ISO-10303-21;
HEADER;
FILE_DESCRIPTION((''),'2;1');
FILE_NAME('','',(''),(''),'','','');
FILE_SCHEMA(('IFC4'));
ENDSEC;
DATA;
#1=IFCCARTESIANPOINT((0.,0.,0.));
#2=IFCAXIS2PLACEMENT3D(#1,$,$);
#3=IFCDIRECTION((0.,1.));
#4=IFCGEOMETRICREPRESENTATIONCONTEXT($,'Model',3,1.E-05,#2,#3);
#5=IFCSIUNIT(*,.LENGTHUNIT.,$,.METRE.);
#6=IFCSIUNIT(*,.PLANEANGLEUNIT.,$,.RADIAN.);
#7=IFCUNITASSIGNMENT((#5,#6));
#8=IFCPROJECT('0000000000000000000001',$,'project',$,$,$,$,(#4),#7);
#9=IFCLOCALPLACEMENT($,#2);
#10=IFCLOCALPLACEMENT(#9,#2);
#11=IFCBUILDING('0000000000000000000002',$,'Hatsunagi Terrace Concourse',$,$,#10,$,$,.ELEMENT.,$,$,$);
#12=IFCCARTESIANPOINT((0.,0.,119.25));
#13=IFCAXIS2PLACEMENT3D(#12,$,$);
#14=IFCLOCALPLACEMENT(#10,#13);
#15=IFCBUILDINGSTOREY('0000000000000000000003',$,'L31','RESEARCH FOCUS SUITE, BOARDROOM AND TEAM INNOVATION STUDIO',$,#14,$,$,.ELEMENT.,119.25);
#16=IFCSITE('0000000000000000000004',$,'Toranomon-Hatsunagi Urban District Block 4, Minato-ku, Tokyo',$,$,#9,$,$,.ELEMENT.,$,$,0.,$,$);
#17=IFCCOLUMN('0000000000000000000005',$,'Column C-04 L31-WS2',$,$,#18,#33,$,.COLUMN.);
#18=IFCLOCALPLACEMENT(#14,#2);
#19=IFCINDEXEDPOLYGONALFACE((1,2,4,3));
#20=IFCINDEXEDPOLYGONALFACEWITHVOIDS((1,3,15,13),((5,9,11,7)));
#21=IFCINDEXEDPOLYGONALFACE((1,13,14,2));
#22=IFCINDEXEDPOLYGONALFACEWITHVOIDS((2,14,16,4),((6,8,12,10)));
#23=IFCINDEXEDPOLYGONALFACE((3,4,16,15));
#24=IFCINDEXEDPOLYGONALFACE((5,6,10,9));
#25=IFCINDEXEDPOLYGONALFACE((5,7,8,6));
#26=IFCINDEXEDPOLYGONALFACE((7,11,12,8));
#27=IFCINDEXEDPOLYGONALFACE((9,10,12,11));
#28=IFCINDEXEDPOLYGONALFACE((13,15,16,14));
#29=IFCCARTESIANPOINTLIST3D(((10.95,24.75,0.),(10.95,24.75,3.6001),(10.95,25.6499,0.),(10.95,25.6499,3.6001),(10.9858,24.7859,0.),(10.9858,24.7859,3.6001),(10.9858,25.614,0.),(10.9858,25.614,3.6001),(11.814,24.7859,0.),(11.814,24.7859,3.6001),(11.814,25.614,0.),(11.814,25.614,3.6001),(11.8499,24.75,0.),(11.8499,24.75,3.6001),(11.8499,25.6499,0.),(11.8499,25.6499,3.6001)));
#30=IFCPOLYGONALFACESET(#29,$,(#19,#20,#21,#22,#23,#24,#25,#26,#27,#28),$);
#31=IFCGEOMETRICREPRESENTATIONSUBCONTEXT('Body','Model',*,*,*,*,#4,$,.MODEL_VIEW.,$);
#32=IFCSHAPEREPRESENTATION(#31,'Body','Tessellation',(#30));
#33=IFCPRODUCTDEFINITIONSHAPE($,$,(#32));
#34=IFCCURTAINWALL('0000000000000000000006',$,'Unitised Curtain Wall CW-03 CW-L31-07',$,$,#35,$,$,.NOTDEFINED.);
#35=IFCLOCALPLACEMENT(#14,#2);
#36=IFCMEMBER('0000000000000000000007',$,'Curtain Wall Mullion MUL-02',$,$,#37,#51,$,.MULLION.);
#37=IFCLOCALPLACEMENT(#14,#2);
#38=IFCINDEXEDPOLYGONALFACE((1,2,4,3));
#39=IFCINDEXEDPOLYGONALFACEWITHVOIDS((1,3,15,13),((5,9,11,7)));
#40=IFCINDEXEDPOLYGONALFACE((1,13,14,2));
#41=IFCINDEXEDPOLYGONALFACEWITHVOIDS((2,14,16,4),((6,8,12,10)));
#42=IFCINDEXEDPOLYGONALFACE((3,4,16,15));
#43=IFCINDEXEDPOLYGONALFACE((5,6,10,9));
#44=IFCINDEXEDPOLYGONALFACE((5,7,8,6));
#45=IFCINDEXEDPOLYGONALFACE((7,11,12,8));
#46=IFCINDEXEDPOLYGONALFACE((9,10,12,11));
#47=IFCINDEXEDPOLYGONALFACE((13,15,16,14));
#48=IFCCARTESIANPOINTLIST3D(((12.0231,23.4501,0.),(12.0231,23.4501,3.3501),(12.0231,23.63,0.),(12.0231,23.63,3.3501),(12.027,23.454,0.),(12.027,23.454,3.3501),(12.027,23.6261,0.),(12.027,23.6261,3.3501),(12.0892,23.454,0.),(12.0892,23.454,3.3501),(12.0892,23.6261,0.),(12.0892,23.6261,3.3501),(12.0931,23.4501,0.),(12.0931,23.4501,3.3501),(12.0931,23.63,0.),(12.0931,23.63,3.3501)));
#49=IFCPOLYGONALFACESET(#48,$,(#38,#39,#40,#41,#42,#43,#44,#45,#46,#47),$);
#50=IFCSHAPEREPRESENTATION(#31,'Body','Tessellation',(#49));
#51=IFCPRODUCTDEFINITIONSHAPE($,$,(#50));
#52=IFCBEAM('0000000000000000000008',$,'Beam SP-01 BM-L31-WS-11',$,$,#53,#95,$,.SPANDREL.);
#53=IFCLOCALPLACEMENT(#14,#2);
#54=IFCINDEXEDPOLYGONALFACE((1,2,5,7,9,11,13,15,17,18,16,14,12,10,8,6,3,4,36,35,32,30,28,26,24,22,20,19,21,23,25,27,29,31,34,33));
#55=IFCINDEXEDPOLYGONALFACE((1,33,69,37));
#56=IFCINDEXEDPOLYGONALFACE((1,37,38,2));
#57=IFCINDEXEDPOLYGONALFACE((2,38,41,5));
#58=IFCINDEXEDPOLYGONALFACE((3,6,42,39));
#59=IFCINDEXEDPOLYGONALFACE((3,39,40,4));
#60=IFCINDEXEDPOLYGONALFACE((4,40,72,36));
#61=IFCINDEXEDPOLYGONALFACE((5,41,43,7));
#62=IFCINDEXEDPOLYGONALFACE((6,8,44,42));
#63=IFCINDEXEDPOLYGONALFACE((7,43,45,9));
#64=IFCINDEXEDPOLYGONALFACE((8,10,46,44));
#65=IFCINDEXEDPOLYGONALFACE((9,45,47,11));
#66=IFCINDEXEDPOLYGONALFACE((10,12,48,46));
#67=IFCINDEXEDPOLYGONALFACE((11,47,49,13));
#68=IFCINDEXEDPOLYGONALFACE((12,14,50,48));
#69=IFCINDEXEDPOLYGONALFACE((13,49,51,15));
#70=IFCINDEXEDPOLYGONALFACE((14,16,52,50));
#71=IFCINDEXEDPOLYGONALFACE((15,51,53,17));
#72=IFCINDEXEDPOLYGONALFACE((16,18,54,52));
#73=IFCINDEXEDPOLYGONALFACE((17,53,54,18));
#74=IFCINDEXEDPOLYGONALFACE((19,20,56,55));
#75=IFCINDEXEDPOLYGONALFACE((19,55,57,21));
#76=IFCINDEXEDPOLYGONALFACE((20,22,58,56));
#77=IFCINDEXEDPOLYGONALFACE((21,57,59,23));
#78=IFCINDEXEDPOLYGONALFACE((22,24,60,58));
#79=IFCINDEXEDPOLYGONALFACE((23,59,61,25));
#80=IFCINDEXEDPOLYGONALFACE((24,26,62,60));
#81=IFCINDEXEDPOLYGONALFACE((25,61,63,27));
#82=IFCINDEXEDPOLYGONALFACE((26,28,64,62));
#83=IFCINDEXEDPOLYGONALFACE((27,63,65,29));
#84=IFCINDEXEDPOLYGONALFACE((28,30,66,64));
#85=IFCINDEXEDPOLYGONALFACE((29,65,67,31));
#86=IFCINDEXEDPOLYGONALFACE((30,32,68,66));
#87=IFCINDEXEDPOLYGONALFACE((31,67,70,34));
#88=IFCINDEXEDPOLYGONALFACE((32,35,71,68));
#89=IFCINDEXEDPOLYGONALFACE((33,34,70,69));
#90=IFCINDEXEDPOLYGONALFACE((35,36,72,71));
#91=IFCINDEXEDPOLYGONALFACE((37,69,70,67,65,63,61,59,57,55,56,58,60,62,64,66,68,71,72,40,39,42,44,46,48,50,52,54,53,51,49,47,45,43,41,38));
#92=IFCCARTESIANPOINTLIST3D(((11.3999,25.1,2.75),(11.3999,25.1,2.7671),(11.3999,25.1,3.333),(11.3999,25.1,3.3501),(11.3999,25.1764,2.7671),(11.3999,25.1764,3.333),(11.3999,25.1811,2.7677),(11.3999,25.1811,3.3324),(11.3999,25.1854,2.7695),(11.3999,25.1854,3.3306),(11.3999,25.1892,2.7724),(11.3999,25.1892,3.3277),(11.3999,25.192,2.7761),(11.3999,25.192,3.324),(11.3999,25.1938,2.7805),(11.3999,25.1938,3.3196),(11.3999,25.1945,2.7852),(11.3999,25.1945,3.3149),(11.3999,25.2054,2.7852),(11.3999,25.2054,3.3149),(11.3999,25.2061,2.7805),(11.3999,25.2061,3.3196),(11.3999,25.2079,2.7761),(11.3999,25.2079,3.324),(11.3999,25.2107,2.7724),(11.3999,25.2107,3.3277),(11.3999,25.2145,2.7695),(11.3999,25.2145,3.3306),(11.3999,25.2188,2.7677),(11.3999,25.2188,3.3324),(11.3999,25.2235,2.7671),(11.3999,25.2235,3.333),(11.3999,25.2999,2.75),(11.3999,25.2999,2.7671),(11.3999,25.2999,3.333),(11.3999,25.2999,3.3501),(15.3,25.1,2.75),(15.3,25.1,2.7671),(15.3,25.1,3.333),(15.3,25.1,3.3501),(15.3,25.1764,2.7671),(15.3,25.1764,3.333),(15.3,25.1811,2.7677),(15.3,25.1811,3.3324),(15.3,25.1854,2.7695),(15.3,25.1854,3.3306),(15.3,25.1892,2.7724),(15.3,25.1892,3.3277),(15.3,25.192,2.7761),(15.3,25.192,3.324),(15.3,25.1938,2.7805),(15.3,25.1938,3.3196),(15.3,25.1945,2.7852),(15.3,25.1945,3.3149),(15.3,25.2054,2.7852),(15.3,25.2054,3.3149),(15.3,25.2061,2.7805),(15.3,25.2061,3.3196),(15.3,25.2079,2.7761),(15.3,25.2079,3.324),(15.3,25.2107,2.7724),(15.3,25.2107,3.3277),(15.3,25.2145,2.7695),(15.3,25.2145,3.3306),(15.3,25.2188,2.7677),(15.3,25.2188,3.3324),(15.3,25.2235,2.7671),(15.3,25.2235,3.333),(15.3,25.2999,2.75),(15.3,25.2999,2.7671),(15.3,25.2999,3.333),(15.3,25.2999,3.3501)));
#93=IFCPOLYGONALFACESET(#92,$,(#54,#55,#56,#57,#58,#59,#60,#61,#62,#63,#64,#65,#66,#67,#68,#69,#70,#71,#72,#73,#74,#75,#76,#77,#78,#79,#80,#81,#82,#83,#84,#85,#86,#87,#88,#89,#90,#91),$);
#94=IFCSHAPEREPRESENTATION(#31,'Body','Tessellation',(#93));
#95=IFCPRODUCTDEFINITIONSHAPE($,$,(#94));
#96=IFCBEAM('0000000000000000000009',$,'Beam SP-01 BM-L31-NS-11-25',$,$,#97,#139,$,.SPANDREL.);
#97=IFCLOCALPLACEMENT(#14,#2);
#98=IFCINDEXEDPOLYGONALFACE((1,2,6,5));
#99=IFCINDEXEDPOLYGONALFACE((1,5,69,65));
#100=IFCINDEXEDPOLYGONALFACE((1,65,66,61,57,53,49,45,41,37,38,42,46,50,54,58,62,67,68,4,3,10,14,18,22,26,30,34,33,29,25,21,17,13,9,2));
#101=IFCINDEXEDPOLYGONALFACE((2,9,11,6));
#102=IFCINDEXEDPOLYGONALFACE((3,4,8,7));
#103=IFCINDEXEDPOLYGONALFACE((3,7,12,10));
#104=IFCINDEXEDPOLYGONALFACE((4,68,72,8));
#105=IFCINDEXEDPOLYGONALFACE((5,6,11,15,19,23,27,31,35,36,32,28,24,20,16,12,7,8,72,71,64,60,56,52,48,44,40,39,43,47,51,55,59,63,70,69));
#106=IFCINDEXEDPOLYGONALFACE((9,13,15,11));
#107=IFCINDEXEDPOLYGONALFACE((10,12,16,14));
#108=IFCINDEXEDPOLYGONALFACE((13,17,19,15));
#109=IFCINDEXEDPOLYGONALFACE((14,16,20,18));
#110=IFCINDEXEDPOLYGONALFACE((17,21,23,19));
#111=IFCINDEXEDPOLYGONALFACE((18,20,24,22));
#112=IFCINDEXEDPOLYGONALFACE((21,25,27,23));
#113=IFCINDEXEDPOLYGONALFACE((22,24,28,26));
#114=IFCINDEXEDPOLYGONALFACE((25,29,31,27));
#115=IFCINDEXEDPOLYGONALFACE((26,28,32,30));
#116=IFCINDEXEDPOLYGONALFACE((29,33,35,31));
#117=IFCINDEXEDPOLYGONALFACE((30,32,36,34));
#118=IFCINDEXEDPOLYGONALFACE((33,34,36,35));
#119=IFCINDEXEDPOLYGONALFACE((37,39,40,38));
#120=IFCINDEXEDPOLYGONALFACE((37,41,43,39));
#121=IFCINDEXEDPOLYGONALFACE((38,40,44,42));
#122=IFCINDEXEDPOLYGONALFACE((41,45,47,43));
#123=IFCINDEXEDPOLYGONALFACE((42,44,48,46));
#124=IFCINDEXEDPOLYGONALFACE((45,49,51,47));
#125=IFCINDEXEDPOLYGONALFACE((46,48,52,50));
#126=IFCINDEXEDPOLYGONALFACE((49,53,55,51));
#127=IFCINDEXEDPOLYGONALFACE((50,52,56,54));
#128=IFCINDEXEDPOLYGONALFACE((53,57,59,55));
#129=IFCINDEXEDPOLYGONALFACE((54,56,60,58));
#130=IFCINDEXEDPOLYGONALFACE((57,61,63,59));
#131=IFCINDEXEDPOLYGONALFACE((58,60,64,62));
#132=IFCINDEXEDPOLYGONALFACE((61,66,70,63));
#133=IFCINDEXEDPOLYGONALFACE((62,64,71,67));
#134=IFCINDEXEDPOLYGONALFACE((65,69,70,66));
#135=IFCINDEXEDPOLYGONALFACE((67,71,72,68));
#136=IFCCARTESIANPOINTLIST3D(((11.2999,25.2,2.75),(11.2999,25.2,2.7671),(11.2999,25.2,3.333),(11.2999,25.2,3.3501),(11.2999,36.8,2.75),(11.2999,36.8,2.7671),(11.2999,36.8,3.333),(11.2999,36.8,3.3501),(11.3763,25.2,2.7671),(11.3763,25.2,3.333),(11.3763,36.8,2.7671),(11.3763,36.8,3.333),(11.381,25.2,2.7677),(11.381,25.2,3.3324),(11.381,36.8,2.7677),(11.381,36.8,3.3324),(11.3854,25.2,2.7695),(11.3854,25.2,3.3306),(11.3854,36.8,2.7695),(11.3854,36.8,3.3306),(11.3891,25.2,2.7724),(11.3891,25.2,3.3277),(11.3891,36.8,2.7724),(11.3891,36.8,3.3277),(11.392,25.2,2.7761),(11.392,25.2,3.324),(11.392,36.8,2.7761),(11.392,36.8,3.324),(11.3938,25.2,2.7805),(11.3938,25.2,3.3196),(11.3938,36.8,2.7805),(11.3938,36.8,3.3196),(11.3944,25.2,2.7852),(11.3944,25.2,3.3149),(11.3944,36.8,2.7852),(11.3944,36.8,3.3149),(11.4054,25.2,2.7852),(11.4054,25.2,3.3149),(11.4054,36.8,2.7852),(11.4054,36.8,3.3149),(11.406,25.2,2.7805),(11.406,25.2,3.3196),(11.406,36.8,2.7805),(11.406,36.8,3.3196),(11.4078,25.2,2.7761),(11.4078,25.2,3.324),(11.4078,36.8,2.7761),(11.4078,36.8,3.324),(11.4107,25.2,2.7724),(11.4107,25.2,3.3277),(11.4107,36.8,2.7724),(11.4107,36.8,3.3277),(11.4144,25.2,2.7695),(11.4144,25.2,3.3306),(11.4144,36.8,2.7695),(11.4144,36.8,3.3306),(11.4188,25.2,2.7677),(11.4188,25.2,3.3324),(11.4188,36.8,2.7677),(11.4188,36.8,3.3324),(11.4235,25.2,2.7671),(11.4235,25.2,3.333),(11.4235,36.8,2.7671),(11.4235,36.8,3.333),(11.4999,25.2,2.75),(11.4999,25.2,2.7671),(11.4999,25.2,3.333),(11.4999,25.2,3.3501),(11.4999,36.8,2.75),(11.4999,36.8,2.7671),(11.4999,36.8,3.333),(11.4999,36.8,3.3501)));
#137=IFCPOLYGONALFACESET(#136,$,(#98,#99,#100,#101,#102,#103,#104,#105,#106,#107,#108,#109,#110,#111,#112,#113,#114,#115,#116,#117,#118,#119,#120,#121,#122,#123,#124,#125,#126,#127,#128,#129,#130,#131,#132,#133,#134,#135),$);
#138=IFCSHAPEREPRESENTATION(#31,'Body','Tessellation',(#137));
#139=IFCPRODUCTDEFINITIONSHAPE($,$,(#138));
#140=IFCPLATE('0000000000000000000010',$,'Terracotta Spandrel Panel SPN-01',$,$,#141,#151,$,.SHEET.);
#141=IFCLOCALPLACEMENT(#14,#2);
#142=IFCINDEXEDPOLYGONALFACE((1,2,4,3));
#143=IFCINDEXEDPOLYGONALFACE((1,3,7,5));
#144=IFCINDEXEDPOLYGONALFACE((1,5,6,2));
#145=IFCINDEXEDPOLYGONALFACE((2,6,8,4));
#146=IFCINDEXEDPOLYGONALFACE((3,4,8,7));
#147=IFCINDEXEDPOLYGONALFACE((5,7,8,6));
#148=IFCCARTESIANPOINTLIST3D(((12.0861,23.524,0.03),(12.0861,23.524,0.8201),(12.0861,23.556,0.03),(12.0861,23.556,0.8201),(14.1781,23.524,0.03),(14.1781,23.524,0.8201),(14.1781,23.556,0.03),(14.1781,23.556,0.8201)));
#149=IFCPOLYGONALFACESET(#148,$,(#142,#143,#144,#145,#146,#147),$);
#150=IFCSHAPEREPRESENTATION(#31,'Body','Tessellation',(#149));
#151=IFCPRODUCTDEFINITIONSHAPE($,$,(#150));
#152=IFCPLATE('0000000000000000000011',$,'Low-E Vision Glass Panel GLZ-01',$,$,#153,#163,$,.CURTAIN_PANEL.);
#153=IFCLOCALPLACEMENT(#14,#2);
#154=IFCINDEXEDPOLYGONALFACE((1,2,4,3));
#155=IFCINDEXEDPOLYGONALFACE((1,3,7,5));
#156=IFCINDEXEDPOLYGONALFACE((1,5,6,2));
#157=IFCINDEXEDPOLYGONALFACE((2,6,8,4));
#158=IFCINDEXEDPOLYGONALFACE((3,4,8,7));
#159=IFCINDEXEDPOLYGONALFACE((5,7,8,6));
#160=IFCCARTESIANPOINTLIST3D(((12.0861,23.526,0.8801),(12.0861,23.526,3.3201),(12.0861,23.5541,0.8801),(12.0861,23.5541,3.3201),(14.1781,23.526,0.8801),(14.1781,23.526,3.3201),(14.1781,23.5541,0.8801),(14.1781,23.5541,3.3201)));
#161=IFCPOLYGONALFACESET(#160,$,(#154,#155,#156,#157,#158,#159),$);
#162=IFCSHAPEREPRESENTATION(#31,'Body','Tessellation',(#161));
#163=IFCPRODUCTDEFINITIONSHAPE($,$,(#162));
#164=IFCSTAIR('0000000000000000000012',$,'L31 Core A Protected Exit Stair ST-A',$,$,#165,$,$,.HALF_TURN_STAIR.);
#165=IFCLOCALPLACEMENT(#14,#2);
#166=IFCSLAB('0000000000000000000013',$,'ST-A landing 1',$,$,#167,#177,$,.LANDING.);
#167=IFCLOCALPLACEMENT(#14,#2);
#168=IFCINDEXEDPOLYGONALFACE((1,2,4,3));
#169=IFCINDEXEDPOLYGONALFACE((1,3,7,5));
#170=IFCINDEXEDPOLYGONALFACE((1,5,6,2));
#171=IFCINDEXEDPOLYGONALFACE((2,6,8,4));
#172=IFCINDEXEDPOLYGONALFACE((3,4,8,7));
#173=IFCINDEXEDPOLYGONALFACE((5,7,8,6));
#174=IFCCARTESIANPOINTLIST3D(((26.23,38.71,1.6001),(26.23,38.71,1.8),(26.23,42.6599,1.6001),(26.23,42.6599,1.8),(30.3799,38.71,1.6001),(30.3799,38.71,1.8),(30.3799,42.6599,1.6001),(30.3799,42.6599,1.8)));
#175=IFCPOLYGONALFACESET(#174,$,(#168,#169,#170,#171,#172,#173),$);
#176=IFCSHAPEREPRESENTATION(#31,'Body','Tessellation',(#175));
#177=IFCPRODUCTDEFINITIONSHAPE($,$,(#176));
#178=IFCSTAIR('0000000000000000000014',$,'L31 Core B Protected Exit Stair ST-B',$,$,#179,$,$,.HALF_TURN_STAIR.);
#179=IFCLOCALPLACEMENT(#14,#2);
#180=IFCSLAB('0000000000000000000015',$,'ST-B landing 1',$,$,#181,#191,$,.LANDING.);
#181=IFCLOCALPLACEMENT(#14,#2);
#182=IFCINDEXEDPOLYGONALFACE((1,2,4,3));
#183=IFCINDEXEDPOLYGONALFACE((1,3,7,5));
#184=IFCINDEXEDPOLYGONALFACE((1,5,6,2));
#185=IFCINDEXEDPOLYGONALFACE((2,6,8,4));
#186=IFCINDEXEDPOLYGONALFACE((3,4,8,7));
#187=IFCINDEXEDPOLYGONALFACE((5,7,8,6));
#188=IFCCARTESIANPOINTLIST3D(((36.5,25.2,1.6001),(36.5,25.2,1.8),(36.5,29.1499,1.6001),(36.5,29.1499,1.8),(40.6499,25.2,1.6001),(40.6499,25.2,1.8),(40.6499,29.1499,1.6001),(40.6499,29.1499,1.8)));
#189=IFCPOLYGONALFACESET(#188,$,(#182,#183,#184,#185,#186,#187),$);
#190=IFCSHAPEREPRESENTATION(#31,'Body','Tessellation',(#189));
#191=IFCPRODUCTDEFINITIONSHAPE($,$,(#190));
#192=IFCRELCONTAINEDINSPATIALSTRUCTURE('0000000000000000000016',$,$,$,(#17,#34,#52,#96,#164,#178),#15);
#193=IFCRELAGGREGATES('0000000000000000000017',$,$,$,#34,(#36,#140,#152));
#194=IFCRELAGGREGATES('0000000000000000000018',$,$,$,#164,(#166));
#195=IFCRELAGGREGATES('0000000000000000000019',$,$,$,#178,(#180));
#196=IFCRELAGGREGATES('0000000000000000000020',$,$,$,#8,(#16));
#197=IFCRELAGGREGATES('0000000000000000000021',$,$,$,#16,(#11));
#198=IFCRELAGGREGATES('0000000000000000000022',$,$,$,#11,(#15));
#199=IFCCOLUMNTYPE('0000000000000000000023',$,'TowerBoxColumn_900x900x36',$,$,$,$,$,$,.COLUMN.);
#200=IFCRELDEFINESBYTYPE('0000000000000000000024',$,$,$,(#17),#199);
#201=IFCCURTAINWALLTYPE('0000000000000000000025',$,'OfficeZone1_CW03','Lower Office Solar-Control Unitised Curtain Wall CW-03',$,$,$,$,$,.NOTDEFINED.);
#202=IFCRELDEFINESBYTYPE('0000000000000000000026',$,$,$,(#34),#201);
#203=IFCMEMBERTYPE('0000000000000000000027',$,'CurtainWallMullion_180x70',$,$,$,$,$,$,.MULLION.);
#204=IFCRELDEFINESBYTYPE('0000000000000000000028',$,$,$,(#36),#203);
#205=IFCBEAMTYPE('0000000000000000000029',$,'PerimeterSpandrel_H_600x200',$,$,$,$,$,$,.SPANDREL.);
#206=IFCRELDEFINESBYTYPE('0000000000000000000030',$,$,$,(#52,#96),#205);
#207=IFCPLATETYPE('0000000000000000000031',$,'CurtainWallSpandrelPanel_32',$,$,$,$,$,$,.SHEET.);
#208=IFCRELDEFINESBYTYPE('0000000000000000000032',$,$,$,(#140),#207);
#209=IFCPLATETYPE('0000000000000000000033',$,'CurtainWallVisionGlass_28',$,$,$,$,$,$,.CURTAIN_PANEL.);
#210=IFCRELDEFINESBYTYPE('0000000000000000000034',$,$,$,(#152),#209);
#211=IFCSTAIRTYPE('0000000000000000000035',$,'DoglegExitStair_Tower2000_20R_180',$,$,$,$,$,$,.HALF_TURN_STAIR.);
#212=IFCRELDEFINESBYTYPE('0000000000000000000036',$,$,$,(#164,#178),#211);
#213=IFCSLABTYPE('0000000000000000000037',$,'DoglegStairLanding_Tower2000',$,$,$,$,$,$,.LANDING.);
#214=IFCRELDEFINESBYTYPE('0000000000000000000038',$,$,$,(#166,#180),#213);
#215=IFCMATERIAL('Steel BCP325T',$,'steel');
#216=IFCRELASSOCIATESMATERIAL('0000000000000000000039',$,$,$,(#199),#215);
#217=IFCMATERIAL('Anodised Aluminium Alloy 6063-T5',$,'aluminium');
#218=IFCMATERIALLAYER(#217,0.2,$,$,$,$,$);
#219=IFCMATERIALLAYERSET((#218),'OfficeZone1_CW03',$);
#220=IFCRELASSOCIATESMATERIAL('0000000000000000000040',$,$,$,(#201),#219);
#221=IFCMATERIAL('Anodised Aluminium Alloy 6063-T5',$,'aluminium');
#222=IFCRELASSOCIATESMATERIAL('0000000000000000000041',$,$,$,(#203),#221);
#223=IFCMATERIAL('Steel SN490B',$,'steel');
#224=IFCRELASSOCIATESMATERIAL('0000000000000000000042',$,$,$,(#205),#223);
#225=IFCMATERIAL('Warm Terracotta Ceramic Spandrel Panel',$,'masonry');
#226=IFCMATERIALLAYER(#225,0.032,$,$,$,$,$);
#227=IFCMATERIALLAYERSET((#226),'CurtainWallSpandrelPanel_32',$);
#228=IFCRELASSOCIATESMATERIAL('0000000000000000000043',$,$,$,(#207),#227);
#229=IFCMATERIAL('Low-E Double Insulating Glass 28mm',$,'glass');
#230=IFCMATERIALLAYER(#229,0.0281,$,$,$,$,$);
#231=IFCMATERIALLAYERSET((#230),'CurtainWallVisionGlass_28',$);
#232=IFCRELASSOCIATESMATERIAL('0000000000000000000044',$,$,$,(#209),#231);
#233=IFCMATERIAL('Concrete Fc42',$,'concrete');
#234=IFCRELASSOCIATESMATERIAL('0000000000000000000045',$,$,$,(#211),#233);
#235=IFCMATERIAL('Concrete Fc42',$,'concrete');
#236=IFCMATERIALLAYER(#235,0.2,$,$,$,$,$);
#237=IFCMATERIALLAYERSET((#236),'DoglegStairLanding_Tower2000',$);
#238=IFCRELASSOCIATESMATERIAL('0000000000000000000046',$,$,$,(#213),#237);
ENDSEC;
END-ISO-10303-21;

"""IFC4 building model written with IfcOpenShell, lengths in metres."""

from ifc_helpers import new_model, si_unit, direction, frame, origin, origin_2d, place, context, subcontext, project, spatial, polyline, rectangle, hollow_rectangle, i_section, outline, extrude, material, layer, layer_set, material_profile, profile_set, type_object, element, aggregate, save


model = new_model("IFC4")

# Units and contexts
model_context = context("Model", 3, precision=1e-05, world=origin(), true_north=direction((0.0, 1.0)))
body_context = subcontext(model_context, "Body", "Model", "MODEL_VIEW")
ifc_project = project(units=[si_unit("LENGTHUNIT", "METRE"), si_unit("PLANEANGLEUNIT", "RADIAN")], contexts=[model_context])

# Site, building, storey
site_placement = place(None, origin())
site = spatial("IfcSite", under=ifc_project, at=site_placement, Name="Toranomon-Hatsunagi Urban District Block 4, Minato-ku, Tokyo", CompositionType="ELEMENT", RefElevation=0.0)
building_placement = place(site_placement, origin())
building = spatial("IfcBuilding", under=site, at=building_placement, Name="Hatsunagi Terrace Concourse", CompositionType="ELEMENT")
storey_placement = place(building_placement, frame((0.0, 0.0, 119.25)))
storey = spatial("IfcBuildingStorey", under=building, at=storey_placement, Name="L31", Description="RESEARCH FOCUS SUITE, BOARDROOM AND TEAM INNOVATION STUDIO", CompositionType="ELEMENT", Elevation=119.25)

# Column
ifc_material_1 = material(Name="Steel BCP325T", Category="steel")
ifc_material_profile_1 = material_profile(ifc_material_1, hollow_rectangle(XDim=0.8999, YDim=0.8999, WallThickness=0.0359, at=origin_2d()), Name="BCP-900x900x36")
ifc_profile_set_1 = profile_set([ifc_material_profile_1], Name="Steel BCP325T")
column_type = type_object("IfcColumnType", Name="TowerBoxColumn_900x900x36", PredefinedType="COLUMN", material=ifc_profile_set_1)
column_placement = place(storey_placement, frame((11.3999, 25.2, 0.0), z_axis=(0.0, 0.0, 1.0), x_axis=(1.0, 0.0, 0.0)))
element("IfcColumn", 1, at=column_placement, inside=storey, type_object=column_type, Name="Column C-04 L31-WS2", PredefinedType="COLUMN", context=body_context, shape_type="SweptSolid", body=[
    extrude(hollow_rectangle(XDim=0.8999, YDim=0.8999, WallThickness=0.0359, at=origin_2d()), origin(), (0.0, 0.0, 1.0), 3.6001),
])

# Curtain wall, member
ifc_material_2 = material(Name="Anodised Aluminium Alloy 6063-T5", Category="aluminium")
ifc_layer_1 = layer(ifc_material_2, 0.2)
ifc_layer_set_1 = layer_set([ifc_layer_1], Name="OfficeZone1_CW03")
curtain_wall_type = type_object("IfcCurtainWallType", Name="OfficeZone1_CW03", Description="Lower Office Solar-Control Unitised Curtain Wall CW-03", PredefinedType="NOTDEFINED", material=ifc_layer_set_1)
curtain_wall_placement = place(storey_placement, origin())
curtain_wall = element("IfcCurtainWall", 2, at=curtain_wall_placement, inside=storey, type_object=curtain_wall_type, Name="Unitised Curtain Wall CW-03 CW-L31-07", PredefinedType="NOTDEFINED")
ifc_material_3 = material(Name="Anodised Aluminium Alloy 6063-T5", Category="aluminium")
ifc_material_profile_2 = material_profile(ifc_material_3, hollow_rectangle(XDim=0.0701, YDim=0.1799, WallThickness=0.0039, at=origin_2d()), Name="ALU-MUL-180x70x4")
ifc_profile_set_2 = profile_set([ifc_material_profile_2], Name="Anodised Aluminium Alloy 6063-T5")
member_type = type_object("IfcMemberType", Name="CurtainWallMullion_180x70", PredefinedType="MULLION", material=ifc_profile_set_2)
member_placement = place(storey_placement, frame((12.0581, 23.54, 0.0), z_axis=(0.0, 0.0, 1.0), x_axis=(-1.0, 0.0, 0.0)))
member = element("IfcMember", 3, at=member_placement, type_object=member_type, Name="Curtain Wall Mullion MUL-02", PredefinedType="MULLION", context=body_context, shape_type="SweptSolid", body=[
    extrude(hollow_rectangle(XDim=0.0701, YDim=0.1799, WallThickness=0.0039, at=origin_2d()), origin(), (0.0, 0.0, 1.0), 3.3501),
])

# Beams
ifc_material_4 = material(Name="Steel SN490B", Category="steel")
ifc_material_profile_3 = material_profile(ifc_material_4, i_section(OverallWidth=0.2, OverallDepth=0.6001, WebThickness=0.011, FlangeThickness=0.0171, FilletRadius=0.0181, at=origin_2d()), Name="H-600x200x11x17")
ifc_profile_set_3 = profile_set([ifc_material_profile_3], Name="Steel SN490B")
beam_type = type_object("IfcBeamType", Name="PerimeterSpandrel_H_600x200", PredefinedType="SPANDREL", material=ifc_profile_set_3)
beam_1_placement = place(storey_placement, frame((11.3999, 25.2, 3.05), z_axis=(1.0, 0.0, 0.0), x_axis=(0.0, 1.0, 0.0)))
element("IfcBeam", 4, at=beam_1_placement, inside=storey, type_object=beam_type, Name="Beam SP-01 BM-L31-WS-11", PredefinedType="SPANDREL", context=body_context, shape_type="SweptSolid", body=[
    extrude(i_section(OverallWidth=0.2, OverallDepth=0.6001, WebThickness=0.011, FlangeThickness=0.0171, FilletRadius=0.0181, at=origin_2d()), origin(), (0.0, 0.0, 1.0), 3.9001),
])
beam_2_placement = place(storey_placement, frame((11.3999, 25.2, 3.05), z_axis=(0.0, 1.0, 0.0), x_axis=(-1.0, 0.0, 0.0)))
element("IfcBeam", 5, at=beam_2_placement, inside=storey, type_object=beam_type, Name="Beam SP-01 BM-L31-NS-11-25", PredefinedType="SPANDREL", context=body_context, shape_type="SweptSolid", body=[
    extrude(i_section(OverallWidth=0.2, OverallDepth=0.6001, WebThickness=0.011, FlangeThickness=0.0171, FilletRadius=0.0181, at=origin_2d()), origin(), (0.0, 0.0, 1.0), 11.6001),
])

# Plates
ifc_material_5 = material(Name="Warm Terracotta Ceramic Spandrel Panel", Category="masonry")
ifc_layer_2 = layer(ifc_material_5, 0.032)
ifc_layer_set_2 = layer_set([ifc_layer_2], Name="CurtainWallSpandrelPanel_32")
plate_type_1 = type_object("IfcPlateType", Name="CurtainWallSpandrelPanel_32", PredefinedType="SHEET", material=ifc_layer_set_2)
plate_1_placement = place(storey_placement, frame((13.1321, 23.54, 0.03), z_axis=(0.0, 0.0, 1.0), x_axis=(-1.0, 0.0, 0.0)))
plate_1 = element("IfcPlate", 6, at=plate_1_placement, type_object=plate_type_1, Name="Terracotta Spandrel Panel SPN-01", PredefinedType="SHEET", context=body_context, shape_type="SweptSolid", body=[
    extrude(rectangle(XDim=2.092, YDim=0.032, at=origin_2d()), origin(), (0.0, 0.0, 1.0), 0.79),
])
ifc_material_6 = material(Name="Low-E Double Insulating Glass 28mm", Category="glass")
ifc_layer_3 = layer(ifc_material_6, 0.0281)
ifc_layer_set_3 = layer_set([ifc_layer_3], Name="CurtainWallVisionGlass_28")
plate_type_2 = type_object("IfcPlateType", Name="CurtainWallVisionGlass_28", PredefinedType="CURTAIN_PANEL", material=ifc_layer_set_3)
plate_2_placement = place(storey_placement, frame((13.1321, 23.54, 0.8801), z_axis=(0.0, 0.0, 1.0), x_axis=(-1.0, 0.0, 0.0)))
plate_2 = element("IfcPlate", 7, at=plate_2_placement, type_object=plate_type_2, Name="Low-E Vision Glass Panel GLZ-01", PredefinedType="CURTAIN_PANEL", context=body_context, shape_type="SweptSolid", body=[
    extrude(rectangle(XDim=2.092, YDim=0.0281, at=origin_2d()), origin(), (0.0, 0.0, 1.0), 2.4399),
])
aggregate(curtain_wall, [member, plate_1, plate_2])

# Stairs, slabs
ifc_material_7 = material(Name="Concrete Fc42", Category="concrete")
stair_type = type_object("IfcStairType", Name="DoglegExitStair_Tower2000_20R_180", PredefinedType="HALF_TURN_STAIR", material=ifc_material_7)
stair_1_placement = place(storey_placement, origin())
stair_1 = element("IfcStair", 8, at=stair_1_placement, inside=storey, type_object=stair_type, Name="L31 Core A Protected Exit Stair ST-A", PredefinedType="HALF_TURN_STAIR")
ifc_material_8 = material(Name="Concrete Fc42", Category="concrete")
ifc_layer_4 = layer(ifc_material_8, 0.2)
ifc_layer_set_4 = layer_set([ifc_layer_4], Name="DoglegStairLanding_Tower2000")
slab_type_1 = type_object("IfcSlabType", Name="DoglegStairLanding_Tower2000", PredefinedType="LANDING", material=ifc_layer_set_4)
slab_1_placement = place(storey_placement, frame((0.0, 0.0, 1.6001)))
slab_1 = element("IfcSlab", 9, at=slab_1_placement, type_object=slab_type_1, Name="ST-A landing 1", PredefinedType="LANDING", context=body_context, shape_type="SweptSolid", body=[
    extrude(outline(polyline([(30.3799, 38.71), (30.3799, 42.6599), (26.23, 42.6599), (26.23, 38.71), (30.3799, 38.71)])), origin(), (0.0, 0.0, 1.0), 0.2),
])
aggregate(stair_1, [slab_1])
stair_2_placement = place(storey_placement, origin())
stair_2 = element("IfcStair", 10, at=stair_2_placement, inside=storey, type_object=stair_type, Name="L31 Core B Protected Exit Stair ST-B", PredefinedType="HALF_TURN_STAIR")
slab_2_placement = place(storey_placement, frame((0.0, 0.0, 1.6001)))
slab_2 = element("IfcSlab", 11, at=slab_2_placement, type_object=slab_type_1, Name="ST-B landing 1", PredefinedType="LANDING", context=body_context, shape_type="SweptSolid", body=[
    extrude(outline(polyline([(36.5, 29.1499), (36.5, 25.2), (40.6499, 25.2), (40.6499, 29.1499), (36.5, 29.1499)])), origin(), (0.0, 0.0, 1.0), 0.2),
])
aggregate(stair_2, [slab_2])

save(model, "model.ifc")
